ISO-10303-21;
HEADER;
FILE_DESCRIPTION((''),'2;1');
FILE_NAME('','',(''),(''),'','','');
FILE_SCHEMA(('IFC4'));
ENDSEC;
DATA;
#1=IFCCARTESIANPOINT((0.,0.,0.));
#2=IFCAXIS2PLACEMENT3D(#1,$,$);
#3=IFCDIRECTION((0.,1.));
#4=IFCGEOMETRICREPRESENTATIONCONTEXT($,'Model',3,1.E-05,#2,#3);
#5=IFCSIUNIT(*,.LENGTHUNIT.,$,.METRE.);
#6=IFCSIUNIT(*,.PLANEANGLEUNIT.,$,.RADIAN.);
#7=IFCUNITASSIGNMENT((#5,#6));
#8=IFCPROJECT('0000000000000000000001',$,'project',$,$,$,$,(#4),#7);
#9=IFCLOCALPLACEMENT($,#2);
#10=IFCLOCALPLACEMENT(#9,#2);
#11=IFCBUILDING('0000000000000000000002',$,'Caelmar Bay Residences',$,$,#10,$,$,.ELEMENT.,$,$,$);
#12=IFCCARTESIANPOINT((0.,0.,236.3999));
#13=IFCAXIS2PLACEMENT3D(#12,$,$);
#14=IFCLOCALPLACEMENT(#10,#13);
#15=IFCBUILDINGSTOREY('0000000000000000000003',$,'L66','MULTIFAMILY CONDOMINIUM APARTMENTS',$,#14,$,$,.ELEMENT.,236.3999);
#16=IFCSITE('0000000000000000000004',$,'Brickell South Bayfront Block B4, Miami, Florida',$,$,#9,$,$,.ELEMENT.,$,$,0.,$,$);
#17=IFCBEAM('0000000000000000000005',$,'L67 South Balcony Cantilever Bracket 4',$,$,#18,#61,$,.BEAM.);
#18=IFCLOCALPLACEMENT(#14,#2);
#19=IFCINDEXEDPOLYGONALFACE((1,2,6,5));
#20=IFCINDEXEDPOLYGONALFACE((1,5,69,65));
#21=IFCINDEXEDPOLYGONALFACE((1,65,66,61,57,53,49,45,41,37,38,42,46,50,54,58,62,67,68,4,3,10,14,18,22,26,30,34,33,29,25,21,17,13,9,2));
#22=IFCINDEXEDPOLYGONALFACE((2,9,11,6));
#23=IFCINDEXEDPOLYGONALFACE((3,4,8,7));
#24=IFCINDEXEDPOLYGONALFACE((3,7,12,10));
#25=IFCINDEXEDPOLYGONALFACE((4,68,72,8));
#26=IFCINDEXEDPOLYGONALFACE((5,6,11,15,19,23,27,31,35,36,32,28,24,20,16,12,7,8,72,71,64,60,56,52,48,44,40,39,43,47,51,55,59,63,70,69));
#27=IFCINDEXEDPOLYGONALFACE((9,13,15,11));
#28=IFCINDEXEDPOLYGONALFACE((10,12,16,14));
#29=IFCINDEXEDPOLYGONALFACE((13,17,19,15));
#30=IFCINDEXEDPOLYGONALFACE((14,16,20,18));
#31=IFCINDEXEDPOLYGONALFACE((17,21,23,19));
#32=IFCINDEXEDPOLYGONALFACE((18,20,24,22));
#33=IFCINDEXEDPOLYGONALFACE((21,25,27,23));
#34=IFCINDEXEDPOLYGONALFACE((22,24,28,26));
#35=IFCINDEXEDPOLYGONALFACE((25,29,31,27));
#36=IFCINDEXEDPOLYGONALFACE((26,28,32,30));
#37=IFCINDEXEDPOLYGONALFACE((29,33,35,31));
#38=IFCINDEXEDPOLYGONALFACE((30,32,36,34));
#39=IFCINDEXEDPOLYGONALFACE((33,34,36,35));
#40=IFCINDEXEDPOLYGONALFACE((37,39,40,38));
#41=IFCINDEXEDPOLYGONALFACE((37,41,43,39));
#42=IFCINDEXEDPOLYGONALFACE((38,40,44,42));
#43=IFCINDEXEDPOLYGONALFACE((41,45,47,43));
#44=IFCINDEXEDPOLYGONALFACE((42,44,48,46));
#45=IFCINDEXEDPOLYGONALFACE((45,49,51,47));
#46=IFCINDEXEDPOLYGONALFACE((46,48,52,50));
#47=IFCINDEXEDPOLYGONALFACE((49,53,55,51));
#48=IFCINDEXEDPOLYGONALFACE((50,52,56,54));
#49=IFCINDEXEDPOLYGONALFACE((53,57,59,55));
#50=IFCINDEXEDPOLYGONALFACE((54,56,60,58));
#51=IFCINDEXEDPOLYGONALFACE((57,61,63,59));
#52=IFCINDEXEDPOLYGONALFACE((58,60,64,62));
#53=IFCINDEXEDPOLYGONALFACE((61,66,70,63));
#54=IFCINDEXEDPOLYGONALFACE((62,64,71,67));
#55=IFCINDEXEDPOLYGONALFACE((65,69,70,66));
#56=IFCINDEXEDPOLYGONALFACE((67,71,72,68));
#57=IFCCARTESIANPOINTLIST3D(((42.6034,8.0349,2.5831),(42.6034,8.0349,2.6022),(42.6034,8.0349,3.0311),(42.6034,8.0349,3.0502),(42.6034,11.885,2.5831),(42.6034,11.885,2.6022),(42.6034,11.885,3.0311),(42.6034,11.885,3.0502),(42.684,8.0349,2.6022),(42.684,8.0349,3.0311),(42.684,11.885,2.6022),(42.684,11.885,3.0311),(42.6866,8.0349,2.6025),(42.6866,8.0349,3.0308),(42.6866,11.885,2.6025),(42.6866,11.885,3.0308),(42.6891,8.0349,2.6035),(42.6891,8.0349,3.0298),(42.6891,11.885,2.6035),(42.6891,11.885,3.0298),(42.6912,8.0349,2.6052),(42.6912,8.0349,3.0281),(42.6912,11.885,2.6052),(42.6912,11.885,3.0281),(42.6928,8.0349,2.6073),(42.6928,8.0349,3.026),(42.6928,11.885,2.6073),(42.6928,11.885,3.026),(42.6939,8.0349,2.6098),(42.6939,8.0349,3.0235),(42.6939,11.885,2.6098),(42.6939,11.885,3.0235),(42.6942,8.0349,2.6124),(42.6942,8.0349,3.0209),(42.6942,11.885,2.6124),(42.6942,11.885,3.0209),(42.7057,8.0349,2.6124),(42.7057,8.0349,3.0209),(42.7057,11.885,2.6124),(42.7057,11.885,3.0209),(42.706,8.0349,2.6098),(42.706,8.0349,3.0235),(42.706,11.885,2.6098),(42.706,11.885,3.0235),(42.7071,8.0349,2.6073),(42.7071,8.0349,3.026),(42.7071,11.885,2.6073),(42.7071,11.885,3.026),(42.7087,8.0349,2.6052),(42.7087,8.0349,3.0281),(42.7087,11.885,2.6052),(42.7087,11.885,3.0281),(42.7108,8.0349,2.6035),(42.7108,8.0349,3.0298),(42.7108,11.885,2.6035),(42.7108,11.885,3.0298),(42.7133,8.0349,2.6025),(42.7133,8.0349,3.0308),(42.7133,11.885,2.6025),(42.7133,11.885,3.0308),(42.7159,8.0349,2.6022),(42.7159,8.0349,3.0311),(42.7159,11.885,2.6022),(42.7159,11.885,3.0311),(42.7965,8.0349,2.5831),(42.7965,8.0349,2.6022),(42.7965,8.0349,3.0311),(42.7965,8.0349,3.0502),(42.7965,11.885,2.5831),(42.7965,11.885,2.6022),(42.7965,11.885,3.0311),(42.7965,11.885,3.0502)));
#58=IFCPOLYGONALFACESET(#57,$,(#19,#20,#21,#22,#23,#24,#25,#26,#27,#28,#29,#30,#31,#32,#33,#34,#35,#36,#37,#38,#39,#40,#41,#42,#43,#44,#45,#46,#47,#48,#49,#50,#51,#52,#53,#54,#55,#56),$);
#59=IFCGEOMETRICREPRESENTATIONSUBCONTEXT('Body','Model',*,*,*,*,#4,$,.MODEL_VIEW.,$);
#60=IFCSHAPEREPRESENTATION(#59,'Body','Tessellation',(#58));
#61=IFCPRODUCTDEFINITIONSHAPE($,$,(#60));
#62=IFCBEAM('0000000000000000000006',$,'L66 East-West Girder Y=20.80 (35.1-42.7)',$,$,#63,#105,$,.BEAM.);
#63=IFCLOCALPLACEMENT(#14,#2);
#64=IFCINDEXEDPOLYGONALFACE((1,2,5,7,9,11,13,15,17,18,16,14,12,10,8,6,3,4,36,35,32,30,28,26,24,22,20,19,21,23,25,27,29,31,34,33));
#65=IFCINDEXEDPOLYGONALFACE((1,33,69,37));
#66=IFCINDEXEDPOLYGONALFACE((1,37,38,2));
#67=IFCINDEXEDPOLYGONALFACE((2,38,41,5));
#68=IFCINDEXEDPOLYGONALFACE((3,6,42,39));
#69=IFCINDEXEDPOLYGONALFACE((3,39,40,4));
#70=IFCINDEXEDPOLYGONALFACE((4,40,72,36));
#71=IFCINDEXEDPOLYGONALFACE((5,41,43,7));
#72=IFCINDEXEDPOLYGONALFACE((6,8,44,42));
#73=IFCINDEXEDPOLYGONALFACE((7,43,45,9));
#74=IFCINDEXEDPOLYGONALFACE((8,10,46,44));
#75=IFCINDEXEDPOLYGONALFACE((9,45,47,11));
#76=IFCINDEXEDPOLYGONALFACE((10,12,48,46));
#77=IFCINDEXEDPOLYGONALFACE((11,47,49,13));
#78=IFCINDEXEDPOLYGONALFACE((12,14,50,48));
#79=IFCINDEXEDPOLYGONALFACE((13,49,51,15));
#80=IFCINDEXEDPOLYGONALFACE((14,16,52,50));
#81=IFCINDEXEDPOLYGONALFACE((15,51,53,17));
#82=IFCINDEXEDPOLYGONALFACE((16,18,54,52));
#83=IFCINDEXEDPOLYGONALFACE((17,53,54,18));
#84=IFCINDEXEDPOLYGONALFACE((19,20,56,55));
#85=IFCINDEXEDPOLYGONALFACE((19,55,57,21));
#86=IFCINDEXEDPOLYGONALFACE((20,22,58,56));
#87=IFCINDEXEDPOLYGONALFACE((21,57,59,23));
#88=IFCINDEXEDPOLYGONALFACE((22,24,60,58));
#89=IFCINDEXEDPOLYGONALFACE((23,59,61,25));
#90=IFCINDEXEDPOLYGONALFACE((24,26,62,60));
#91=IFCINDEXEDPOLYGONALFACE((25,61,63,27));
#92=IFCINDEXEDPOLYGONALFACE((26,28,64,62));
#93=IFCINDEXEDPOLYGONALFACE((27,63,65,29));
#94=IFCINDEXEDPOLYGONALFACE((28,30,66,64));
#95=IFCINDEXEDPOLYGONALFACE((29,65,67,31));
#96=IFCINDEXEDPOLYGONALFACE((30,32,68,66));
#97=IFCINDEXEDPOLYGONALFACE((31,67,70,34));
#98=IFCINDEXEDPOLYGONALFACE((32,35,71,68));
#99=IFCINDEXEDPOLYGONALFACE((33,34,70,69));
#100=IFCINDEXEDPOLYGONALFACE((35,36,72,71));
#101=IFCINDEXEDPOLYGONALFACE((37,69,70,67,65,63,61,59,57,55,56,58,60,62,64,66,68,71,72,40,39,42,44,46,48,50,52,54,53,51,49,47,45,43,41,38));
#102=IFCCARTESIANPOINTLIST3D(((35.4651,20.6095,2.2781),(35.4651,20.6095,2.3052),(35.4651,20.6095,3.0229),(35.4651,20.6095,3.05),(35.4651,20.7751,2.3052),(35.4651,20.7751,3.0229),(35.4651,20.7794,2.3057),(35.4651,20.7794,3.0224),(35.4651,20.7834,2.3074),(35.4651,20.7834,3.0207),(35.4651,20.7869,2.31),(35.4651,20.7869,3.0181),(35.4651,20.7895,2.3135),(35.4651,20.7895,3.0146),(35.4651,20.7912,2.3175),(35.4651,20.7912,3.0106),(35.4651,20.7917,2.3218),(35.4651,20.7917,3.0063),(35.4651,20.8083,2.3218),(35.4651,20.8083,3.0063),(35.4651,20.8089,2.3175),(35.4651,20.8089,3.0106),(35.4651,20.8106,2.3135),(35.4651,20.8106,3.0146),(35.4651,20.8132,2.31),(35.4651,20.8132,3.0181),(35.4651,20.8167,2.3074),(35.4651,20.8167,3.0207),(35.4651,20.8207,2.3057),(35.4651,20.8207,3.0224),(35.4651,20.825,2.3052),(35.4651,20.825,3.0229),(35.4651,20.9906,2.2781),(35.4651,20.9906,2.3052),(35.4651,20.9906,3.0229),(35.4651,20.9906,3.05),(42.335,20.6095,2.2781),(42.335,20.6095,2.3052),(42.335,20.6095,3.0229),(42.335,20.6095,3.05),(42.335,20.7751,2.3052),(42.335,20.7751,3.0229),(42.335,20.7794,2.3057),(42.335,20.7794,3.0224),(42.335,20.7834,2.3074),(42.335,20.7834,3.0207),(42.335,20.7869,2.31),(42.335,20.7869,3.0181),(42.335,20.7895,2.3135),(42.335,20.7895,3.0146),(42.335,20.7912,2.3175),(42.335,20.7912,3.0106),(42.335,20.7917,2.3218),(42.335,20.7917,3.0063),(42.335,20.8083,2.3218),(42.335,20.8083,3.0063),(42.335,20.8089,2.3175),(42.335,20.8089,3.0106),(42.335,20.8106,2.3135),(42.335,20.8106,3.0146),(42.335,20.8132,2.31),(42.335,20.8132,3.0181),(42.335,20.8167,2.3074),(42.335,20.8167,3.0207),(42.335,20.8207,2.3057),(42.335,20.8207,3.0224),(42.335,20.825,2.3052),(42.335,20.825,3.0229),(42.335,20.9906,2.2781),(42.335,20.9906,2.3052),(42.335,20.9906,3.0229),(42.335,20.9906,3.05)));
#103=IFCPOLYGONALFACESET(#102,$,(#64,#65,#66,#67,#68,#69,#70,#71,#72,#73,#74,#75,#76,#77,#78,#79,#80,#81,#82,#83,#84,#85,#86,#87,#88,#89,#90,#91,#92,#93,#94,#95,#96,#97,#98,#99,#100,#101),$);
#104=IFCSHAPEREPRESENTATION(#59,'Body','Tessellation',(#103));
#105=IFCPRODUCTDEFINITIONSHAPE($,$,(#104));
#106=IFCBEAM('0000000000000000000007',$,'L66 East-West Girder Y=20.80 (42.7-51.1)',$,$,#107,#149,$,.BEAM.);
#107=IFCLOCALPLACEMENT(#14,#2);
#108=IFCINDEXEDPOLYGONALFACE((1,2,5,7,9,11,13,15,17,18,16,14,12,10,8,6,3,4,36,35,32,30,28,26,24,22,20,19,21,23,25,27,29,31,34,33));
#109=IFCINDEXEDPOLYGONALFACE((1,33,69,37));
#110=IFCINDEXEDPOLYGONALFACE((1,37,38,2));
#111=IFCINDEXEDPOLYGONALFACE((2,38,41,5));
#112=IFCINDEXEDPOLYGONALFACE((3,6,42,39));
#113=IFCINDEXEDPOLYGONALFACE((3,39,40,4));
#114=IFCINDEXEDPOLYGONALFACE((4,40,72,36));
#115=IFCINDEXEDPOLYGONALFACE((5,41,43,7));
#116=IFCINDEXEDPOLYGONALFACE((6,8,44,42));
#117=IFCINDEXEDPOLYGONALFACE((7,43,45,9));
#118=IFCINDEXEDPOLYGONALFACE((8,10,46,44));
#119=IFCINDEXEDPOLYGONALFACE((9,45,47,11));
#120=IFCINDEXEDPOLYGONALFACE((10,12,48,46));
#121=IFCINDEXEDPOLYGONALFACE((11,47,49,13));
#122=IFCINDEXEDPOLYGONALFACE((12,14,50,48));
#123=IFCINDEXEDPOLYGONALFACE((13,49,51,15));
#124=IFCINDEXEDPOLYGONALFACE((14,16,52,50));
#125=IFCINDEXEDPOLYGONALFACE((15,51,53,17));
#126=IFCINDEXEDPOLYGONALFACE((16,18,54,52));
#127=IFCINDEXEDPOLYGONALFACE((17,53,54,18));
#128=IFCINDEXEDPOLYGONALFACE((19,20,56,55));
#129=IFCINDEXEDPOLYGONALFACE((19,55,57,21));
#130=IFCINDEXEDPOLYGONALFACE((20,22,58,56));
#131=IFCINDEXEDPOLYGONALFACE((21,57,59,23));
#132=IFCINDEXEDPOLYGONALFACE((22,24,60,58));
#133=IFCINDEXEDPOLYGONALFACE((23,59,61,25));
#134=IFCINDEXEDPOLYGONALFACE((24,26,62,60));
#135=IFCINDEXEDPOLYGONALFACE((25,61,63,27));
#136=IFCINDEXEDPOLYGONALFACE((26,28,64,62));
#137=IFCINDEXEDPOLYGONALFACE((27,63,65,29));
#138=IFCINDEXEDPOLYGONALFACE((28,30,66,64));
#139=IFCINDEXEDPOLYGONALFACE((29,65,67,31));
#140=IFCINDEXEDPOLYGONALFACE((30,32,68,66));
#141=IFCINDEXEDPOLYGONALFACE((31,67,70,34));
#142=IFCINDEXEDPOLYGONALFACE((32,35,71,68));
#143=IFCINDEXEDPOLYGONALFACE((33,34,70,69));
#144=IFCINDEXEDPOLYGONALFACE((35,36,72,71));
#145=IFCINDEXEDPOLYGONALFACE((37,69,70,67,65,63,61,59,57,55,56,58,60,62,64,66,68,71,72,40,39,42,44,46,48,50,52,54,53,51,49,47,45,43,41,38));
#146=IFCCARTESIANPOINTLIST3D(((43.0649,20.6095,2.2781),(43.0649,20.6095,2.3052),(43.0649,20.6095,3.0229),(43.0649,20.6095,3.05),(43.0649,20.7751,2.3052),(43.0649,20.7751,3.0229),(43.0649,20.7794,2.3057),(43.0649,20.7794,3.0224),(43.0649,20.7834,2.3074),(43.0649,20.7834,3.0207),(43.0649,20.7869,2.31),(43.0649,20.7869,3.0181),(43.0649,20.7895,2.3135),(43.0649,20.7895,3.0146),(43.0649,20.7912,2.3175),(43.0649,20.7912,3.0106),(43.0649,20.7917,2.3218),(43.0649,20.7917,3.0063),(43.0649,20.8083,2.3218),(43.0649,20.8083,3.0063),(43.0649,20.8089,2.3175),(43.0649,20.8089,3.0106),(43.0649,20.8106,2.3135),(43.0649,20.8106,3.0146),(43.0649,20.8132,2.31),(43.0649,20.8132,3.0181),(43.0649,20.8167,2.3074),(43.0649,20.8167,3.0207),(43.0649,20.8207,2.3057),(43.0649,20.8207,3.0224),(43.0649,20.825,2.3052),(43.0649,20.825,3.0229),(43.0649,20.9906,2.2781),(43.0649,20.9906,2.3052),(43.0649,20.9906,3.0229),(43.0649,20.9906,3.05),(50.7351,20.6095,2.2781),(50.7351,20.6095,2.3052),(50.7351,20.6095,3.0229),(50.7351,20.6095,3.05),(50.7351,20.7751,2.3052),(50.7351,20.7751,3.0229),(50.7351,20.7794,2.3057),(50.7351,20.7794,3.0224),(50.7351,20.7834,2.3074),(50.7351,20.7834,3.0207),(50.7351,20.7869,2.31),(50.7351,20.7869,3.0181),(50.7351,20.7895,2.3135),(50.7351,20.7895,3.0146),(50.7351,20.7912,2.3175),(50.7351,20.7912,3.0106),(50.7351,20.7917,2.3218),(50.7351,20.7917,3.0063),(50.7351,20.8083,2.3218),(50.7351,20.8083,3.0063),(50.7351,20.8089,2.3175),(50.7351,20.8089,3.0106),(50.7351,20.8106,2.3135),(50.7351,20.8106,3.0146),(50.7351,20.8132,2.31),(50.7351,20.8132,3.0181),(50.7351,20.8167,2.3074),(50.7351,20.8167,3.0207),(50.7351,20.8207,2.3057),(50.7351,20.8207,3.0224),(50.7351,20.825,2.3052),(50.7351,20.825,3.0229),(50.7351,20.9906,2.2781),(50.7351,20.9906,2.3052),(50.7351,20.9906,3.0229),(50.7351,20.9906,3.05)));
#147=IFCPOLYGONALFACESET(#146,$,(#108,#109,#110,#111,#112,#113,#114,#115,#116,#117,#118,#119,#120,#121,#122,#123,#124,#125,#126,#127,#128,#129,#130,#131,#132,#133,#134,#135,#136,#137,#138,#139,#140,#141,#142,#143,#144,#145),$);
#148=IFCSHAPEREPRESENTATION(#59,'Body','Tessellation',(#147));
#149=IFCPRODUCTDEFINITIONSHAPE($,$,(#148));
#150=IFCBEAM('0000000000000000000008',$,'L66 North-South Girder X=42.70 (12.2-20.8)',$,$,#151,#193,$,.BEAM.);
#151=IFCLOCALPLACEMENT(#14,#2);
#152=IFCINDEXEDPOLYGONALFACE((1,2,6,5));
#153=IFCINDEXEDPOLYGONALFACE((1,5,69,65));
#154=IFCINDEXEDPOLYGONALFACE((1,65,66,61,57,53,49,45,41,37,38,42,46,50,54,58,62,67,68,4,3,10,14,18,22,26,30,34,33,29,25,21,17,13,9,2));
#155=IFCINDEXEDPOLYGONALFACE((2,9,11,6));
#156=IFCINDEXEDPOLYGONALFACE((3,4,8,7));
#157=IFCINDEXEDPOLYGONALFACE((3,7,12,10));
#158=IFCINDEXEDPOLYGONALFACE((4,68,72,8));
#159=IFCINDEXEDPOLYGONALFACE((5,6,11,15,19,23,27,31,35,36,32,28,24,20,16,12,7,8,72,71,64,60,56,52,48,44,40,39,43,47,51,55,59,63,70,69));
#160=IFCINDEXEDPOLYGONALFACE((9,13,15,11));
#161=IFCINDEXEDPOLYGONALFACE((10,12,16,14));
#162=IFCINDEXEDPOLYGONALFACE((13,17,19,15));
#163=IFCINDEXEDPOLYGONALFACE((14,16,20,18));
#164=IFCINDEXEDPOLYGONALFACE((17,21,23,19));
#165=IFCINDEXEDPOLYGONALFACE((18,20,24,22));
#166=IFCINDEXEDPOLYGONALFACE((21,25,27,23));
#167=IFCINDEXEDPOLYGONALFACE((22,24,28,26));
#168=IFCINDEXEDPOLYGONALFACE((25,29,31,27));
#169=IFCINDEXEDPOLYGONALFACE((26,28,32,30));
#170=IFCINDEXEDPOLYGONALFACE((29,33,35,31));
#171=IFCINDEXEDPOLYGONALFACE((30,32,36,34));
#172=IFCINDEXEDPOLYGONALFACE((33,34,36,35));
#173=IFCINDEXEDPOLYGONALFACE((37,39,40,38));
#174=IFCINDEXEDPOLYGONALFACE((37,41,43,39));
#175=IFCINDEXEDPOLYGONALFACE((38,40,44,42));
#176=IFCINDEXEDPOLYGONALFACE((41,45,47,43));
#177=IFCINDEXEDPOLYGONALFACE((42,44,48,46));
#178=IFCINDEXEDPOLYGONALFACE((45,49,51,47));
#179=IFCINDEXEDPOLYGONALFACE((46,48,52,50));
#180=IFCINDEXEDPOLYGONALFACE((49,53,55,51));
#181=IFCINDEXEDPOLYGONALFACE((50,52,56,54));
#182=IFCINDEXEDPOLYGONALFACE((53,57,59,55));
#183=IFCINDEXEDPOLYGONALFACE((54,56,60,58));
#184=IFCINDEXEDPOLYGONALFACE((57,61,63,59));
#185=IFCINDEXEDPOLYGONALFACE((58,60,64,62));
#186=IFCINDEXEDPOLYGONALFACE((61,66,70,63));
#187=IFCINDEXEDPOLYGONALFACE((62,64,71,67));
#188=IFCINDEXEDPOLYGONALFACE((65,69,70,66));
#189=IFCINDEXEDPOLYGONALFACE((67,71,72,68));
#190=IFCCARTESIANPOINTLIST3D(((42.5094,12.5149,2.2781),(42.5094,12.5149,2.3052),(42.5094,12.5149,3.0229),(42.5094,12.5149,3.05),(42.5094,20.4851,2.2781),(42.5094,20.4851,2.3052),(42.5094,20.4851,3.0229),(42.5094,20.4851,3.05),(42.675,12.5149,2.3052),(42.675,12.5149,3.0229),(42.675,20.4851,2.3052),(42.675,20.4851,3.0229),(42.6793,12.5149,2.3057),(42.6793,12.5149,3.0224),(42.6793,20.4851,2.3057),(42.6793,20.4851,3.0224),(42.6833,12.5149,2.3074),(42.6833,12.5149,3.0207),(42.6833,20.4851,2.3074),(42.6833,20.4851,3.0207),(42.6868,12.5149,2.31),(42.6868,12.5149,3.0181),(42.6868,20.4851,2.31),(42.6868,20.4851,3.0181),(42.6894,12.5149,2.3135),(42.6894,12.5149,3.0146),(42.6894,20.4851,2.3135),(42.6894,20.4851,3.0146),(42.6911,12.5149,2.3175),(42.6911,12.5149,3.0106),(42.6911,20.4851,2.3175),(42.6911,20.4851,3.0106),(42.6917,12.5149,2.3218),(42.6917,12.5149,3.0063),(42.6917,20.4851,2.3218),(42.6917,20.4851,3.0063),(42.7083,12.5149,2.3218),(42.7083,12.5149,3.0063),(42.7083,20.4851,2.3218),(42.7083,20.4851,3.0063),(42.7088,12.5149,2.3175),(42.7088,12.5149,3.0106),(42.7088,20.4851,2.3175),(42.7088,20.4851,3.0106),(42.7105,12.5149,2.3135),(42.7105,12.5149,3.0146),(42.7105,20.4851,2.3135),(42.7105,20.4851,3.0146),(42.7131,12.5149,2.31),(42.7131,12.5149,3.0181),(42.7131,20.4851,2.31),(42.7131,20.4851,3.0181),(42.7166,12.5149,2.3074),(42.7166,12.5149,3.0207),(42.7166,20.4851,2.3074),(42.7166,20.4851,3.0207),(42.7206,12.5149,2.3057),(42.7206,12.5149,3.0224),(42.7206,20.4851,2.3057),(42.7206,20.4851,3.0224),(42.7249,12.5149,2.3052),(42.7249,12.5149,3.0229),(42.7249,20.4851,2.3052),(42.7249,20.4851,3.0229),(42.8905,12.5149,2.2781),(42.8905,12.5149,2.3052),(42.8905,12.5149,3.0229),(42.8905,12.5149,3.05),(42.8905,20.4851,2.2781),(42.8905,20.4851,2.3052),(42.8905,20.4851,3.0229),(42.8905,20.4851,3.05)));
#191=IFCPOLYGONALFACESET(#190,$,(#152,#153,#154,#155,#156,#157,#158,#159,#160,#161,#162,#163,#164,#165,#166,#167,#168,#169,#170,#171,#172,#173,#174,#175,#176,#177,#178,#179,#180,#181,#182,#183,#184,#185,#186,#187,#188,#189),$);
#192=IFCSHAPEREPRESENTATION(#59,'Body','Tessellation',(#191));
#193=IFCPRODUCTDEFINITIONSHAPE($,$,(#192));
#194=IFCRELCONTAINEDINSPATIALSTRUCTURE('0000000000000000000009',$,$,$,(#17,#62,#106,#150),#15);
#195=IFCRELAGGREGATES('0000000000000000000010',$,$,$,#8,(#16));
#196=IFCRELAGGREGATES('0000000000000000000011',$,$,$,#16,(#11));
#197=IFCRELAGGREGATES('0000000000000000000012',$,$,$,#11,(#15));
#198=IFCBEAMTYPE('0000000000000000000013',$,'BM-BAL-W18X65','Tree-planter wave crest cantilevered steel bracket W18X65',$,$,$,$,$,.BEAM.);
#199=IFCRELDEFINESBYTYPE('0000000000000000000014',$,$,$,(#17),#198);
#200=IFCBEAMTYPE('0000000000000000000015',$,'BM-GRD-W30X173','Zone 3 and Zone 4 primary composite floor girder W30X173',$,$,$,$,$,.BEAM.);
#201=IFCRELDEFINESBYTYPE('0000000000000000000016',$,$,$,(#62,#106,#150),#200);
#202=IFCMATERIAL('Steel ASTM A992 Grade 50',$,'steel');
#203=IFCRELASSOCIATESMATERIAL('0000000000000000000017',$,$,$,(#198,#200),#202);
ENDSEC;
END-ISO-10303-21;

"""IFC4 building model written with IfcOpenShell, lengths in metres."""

from ifc_helpers import new_model, si_unit, direction, frame, origin, origin_2d, place, context, subcontext, project, spatial, i_section, extrude, material, material_profile, profile_set, type_object, element, save


model = new_model("IFC4")

# Units and contexts
model_context = context("Model", 3, precision=1e-05, world=origin(), true_north=direction((0.0, 1.0)))
body_context = subcontext(model_context, "Body", "Model", "MODEL_VIEW")
ifc_project = project(units=[si_unit("LENGTHUNIT", "METRE"), si_unit("PLANEANGLEUNIT", "RADIAN")], contexts=[model_context])

# Site, building, storey
site_placement = place(None, origin())
site = spatial("IfcSite", under=ifc_project, at=site_placement, Name="Brickell South Bayfront Block B4, Miami, Florida", CompositionType="ELEMENT", RefElevation=0.0)
building_placement = place(site_placement, origin())
building = spatial("IfcBuilding", under=site, at=building_placement, Name="Caelmar Bay Residences", CompositionType="ELEMENT")
storey_placement = place(building_placement, frame((0.0, 0.0, 236.3999)))
storey = spatial("IfcBuildingStorey", under=building, at=storey_placement, Name="L66", Description="MULTIFAMILY CONDOMINIUM APARTMENTS", CompositionType="ELEMENT", Elevation=236.3999)

# Beams
ifc_material_1 = material(Name="Steel ASTM A992 Grade 50", Category="steel")
ifc_material_profile_1 = material_profile(ifc_material_1, i_section(OverallWidth=0.1931, OverallDepth=0.467, WebThickness=0.0115, FlangeThickness=0.019, FilletRadius=0.0103, at=origin_2d()), Name="W18X65")
ifc_profile_set_1 = profile_set([ifc_material_profile_1], Name="Steel ASTM A992 Grade 50")
beam_type_1 = type_object("IfcBeamType", Name="BM-BAL-W18X65", Description="Tree-planter wave crest cantilevered steel bracket W18X65", PredefinedType="BEAM", material=ifc_profile_set_1)
beam_1_placement = place(storey_placement, frame((42.7, 11.885, 2.8167), z_axis=(0.0, -1.0, 0.0), x_axis=(1.0, 0.0, 0.0)))
element("IfcBeam", 1, at=beam_1_placement, inside=storey, type_object=beam_type_1, Name="L67 South Balcony Cantilever Bracket 4", PredefinedType="BEAM", context=body_context, shape_type="SweptSolid", body=[
    extrude(i_section(OverallWidth=0.1931, OverallDepth=0.467, WebThickness=0.0115, FlangeThickness=0.019, FilletRadius=0.0103, at=origin_2d()), origin(), (0.0, 0.0, 1.0), 3.8501),
])
ifc_material_profile_2 = material_profile(ifc_material_1, i_section(OverallWidth=0.3811, OverallDepth=0.772, WebThickness=0.0166, FlangeThickness=0.0271, FilletRadius=0.0166, at=origin_2d()), Name="W30X173")
ifc_profile_set_2 = profile_set([ifc_material_profile_2], Name="Steel ASTM A992 Grade 50")
beam_type_2 = type_object("IfcBeamType", Name="BM-GRD-W30X173", Description="Zone 3 and Zone 4 primary composite floor girder W30X173", PredefinedType="BEAM", material=ifc_profile_set_2)
beam_2_placement = place(storey_placement, frame((35.4651, 20.8, 2.6641), z_axis=(1.0, 0.0, 0.0), x_axis=(0.0, 1.0, 0.0)))
element("IfcBeam", 2, at=beam_2_placement, inside=storey, type_object=beam_type_2, Name="L66 East-West Girder Y=20.80 (35.1-42.7)", PredefinedType="BEAM", context=body_context, shape_type="SweptSolid", body=[
    extrude(i_section(OverallWidth=0.3811, OverallDepth=0.772, WebThickness=0.0166, FlangeThickness=0.0271, FilletRadius=0.0166, at=origin_2d()), origin(), (0.0, 0.0, 1.0), 6.8699),
])
beam_3_placement = place(storey_placement, frame((43.0649, 20.8, 2.6641), z_axis=(1.0, 0.0, 0.0), x_axis=(0.0, 1.0, 0.0)))
element("IfcBeam", 3, at=beam_3_placement, inside=storey, type_object=beam_type_2, Name="L66 East-West Girder Y=20.80 (42.7-51.1)", PredefinedType="BEAM", context=body_context, shape_type="SweptSolid", body=[
    extrude(i_section(OverallWidth=0.3811, OverallDepth=0.772, WebThickness=0.0166, FlangeThickness=0.0271, FilletRadius=0.0166, at=origin_2d()), origin(), (0.0, 0.0, 1.0), 7.6702),
])
beam_4_placement = place(storey_placement, frame((42.7, 12.5149, 2.6641), z_axis=(0.0, 1.0, 0.0), x_axis=(-1.0, 0.0, 0.0)))
element("IfcBeam", 4, at=beam_4_placement, inside=storey, type_object=beam_type_2, Name="L66 North-South Girder X=42.70 (12.2-20.8)", PredefinedType="BEAM", context=body_context, shape_type="SweptSolid", body=[
    extrude(i_section(OverallWidth=0.3811, OverallDepth=0.772, WebThickness=0.0166, FlangeThickness=0.0271, FilletRadius=0.0166, at=origin_2d()), origin(), (0.0, 0.0, 1.0), 7.9702),
])

save(model, "model.ifc")
